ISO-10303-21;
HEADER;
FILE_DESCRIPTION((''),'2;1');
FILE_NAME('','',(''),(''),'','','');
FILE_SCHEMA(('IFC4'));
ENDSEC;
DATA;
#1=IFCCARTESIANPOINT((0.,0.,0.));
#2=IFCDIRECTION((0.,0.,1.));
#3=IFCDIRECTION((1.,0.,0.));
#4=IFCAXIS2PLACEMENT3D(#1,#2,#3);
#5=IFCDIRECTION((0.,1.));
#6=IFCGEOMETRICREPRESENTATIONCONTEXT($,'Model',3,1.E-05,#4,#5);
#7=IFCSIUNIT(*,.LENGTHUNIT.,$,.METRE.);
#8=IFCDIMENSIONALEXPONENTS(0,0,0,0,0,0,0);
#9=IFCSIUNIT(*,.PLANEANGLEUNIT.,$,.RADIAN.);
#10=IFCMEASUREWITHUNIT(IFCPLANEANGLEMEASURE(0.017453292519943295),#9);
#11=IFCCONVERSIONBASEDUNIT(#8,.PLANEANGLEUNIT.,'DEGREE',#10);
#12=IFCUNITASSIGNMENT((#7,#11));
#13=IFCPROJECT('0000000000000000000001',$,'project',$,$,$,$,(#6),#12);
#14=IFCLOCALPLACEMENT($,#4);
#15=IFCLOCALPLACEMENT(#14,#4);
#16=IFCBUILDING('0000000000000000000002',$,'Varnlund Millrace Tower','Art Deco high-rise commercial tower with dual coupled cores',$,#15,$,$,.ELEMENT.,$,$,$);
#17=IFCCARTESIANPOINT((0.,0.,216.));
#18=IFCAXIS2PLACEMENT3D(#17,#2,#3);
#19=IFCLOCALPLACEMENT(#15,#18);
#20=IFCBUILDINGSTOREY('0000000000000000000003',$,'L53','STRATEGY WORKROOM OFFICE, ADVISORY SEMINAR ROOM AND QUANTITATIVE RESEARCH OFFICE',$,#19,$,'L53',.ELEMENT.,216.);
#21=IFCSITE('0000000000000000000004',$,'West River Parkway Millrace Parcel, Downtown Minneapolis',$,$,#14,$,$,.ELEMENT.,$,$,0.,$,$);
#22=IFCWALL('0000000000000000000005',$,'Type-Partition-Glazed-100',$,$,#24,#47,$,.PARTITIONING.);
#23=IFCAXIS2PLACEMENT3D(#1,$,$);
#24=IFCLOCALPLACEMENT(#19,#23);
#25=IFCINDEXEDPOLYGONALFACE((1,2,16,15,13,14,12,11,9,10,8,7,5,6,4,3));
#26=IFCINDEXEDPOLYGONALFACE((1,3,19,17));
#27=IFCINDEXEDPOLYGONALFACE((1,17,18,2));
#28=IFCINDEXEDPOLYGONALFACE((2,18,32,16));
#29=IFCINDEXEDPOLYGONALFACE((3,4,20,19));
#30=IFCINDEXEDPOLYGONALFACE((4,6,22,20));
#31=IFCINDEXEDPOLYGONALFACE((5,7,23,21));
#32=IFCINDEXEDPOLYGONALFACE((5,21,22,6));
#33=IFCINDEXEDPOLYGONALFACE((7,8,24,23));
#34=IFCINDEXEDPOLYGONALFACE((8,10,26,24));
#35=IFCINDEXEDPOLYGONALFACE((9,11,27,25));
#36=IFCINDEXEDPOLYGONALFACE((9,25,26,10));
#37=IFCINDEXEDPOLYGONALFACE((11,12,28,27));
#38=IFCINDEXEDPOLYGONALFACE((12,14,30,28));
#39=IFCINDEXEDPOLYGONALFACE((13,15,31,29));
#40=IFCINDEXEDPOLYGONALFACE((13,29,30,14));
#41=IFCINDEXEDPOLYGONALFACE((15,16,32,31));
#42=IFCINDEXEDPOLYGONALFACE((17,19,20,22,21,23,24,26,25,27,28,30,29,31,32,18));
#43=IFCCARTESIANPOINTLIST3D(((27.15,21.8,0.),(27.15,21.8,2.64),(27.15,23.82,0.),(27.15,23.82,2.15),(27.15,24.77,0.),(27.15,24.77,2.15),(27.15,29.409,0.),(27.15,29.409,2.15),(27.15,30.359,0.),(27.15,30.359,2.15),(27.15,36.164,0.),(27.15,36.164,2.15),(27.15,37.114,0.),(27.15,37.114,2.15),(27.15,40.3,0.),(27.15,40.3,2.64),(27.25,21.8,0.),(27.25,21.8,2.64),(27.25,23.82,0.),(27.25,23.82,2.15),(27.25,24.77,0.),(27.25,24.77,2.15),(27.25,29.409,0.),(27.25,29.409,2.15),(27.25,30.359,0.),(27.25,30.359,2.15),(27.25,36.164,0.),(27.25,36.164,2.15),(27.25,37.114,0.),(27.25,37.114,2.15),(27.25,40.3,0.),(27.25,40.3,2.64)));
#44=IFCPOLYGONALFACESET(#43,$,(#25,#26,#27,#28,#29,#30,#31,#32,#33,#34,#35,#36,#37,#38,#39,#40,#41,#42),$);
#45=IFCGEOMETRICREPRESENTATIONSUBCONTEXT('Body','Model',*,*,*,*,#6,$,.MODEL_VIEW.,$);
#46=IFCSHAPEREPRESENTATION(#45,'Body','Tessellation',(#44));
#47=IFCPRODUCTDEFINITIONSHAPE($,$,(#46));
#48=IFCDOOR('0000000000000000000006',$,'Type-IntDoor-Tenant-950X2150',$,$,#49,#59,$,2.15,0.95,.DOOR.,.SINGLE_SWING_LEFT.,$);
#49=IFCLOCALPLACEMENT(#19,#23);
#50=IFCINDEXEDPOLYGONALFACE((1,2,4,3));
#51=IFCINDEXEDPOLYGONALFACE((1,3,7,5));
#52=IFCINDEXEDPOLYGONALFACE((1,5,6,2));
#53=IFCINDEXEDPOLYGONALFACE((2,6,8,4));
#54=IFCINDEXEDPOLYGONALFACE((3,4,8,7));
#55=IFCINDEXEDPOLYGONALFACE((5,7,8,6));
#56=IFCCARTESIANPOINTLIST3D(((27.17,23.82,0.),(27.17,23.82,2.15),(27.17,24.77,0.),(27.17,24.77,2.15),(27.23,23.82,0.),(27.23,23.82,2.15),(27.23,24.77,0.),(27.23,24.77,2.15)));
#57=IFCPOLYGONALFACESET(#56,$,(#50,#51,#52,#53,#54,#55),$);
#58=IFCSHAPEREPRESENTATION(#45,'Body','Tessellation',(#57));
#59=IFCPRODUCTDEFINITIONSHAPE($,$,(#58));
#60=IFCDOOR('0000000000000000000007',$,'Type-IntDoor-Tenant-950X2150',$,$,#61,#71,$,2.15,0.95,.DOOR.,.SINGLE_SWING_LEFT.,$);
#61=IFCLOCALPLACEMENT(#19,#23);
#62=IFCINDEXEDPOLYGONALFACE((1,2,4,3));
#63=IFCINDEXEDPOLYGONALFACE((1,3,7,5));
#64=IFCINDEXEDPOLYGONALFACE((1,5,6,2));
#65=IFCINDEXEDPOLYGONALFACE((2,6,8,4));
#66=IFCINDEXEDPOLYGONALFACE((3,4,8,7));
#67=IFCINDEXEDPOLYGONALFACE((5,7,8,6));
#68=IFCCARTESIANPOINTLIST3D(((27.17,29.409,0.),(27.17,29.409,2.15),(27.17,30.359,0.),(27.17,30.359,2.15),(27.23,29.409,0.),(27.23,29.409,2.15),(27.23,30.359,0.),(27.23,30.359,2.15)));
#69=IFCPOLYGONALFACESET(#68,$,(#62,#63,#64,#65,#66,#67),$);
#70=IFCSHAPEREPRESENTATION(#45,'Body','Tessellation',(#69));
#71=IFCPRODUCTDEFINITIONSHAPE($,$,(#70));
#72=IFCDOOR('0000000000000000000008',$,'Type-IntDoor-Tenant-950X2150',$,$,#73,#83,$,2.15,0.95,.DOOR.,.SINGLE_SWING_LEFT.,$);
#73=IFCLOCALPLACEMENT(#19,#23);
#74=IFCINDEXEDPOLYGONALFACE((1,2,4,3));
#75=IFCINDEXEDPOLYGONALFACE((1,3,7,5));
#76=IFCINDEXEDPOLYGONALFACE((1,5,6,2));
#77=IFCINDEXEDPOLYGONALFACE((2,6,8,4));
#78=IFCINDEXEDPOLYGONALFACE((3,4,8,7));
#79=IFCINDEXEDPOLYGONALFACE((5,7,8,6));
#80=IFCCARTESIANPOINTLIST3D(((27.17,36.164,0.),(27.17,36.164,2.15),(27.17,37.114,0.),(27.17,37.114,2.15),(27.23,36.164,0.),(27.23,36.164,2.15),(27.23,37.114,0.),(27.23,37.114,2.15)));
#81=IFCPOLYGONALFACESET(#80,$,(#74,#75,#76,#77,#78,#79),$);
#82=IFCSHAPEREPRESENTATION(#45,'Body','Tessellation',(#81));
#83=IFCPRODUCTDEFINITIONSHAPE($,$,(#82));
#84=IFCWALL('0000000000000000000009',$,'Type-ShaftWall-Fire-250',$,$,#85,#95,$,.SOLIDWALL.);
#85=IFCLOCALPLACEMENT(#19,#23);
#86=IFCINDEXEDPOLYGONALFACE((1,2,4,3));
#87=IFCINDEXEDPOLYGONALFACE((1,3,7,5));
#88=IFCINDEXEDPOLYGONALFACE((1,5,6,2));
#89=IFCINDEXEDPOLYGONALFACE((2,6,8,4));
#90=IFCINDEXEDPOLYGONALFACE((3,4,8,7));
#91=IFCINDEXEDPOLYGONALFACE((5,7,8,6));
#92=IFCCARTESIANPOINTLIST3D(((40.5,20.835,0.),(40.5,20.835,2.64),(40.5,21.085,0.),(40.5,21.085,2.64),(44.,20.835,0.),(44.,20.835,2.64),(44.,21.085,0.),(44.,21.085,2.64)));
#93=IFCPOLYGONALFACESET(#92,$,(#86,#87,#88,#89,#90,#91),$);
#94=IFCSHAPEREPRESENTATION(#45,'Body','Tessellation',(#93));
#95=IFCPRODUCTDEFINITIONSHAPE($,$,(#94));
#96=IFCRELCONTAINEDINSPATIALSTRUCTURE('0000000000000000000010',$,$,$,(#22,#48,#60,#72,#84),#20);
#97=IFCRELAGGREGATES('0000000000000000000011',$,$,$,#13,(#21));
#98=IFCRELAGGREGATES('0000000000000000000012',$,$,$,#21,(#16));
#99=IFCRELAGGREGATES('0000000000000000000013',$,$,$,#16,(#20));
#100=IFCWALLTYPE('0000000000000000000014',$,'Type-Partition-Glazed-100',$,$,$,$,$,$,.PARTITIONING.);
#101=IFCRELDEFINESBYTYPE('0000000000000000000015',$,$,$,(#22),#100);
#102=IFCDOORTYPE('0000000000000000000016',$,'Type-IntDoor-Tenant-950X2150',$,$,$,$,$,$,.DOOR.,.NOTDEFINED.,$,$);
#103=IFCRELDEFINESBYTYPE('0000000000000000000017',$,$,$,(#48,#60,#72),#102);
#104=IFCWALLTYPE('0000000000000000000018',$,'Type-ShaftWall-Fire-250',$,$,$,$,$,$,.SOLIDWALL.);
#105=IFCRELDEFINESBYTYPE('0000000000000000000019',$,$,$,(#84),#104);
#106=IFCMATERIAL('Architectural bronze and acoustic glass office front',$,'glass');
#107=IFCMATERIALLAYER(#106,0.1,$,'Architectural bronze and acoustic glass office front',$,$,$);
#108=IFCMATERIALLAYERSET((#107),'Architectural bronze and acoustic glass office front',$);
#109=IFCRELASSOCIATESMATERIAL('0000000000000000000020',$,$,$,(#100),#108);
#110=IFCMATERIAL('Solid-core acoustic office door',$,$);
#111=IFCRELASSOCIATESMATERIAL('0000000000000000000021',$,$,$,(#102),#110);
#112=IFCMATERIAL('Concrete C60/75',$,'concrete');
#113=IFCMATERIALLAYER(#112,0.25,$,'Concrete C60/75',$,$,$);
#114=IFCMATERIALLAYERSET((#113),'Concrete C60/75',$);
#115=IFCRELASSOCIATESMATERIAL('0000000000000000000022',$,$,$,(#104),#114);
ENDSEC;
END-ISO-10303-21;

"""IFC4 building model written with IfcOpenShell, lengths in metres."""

from ifc_helpers import new_model, entity, si_unit, converted_unit, direction, frame, origin_with_axes, origin_2d_with_axis, place, context, subcontext, project, spatial, polyline, rectangle, outline, extrude, material, layer, layer_set, type_object, element, fill, save


model = new_model("IFC4")

# Units and contexts
model_context = context("Model", 3, precision=1e-05, world=origin_with_axes(), true_north=direction((0.0, 1.0)))
body_context = subcontext(model_context, "Body", "Model", "MODEL_VIEW")
ifc_project = project(units=[si_unit("LENGTHUNIT", "METRE"), converted_unit("PLANEANGLEUNIT", "DEGREE", entity("IfcPlaneAngleMeasure", 0.017453292519943295), si_unit("PLANEANGLEUNIT", "RADIAN"), dimensions=[0, 0, 0, 0, 0, 0, 0])], contexts=[model_context])

# Site, building, storey
site_placement = place(None, origin_with_axes())
site = spatial("IfcSite", under=ifc_project, at=site_placement, Name="West River Parkway Millrace Parcel, Downtown Minneapolis", CompositionType="ELEMENT", RefElevation=0.0)
building_placement = place(site_placement, origin_with_axes())
building = spatial("IfcBuilding", under=site, at=building_placement, Name="Varnlund Millrace Tower", Description="Art Deco high-rise commercial tower with dual coupled cores", CompositionType="ELEMENT")
storey_placement = place(building_placement, frame((0.0, 0.0, 216.0), z_axis=(0.0, 0.0, 1.0), x_axis=(1.0, 0.0, 0.0)))
storey = spatial("IfcBuildingStorey", under=building, at=storey_placement, Name="L53", Description="STRATEGY WORKROOM OFFICE, ADVISORY SEMINAR ROOM AND QUANTITATIVE RESEARCH OFFICE", LongName="L53", CompositionType="ELEMENT", Elevation=216.0)

# Wall, openings, doors
ifc_material_1 = material(Name="Architectural bronze and acoustic glass office front", Category="glass")
ifc_layer_1 = layer(ifc_material_1, 0.1, Name="Architectural bronze and acoustic glass office front")
ifc_layer_set_1 = layer_set([ifc_layer_1], Name="Architectural bronze and acoustic glass office front")
wall_type_1 = type_object("IfcWallType", Name="Type-Partition-Glazed-100", PredefinedType="PARTITIONING", material=ifc_layer_set_1)
wall_1_placement = place(storey_placement, frame((27.2, 21.8, 0.0), z_axis=(0.0, 0.0, 1.0), x_axis=(0.0, 1.0, 0.0)))
wall_1 = element("IfcWall", 1, at=wall_1_placement, inside=storey, type_object=wall_type_1, Name="Type-Partition-Glazed-100", PredefinedType="PARTITIONING", context=body_context, shape_type="SweptSolid", body=[
    extrude(outline(polyline([(0.0, -0.05), (18.5, -0.05), (18.5, 0.05), (0.0, 0.05), (0.0, -0.05)])), origin_with_axes(), (0.0, 0.0, 1.0), 2.64),
])
opening_1_placement = place(wall_1_placement, frame((2.495, 0.0, 0.0), z_axis=(0.0, 0.0, 1.0), x_axis=(1.0, 0.0, 0.0)))
opening_1 = element("IfcOpeningElement", 2, at=opening_1_placement, cuts=wall_1, PredefinedType="OPENING", context=body_context, shape_type="SweptSolid", body=[
    extrude(rectangle(XDim=0.95, YDim=0.12, at=origin_2d_with_axis()), origin_with_axes(), (0.0, 0.0, 1.0), 2.15),
])
opening_2_placement = place(wall_1_placement, frame((8.084, 0.0, 0.0), z_axis=(0.0, 0.0, 1.0), x_axis=(1.0, 0.0, 0.0)))
opening_2 = element("IfcOpeningElement", 3, at=opening_2_placement, cuts=wall_1, PredefinedType="OPENING", context=body_context, shape_type="SweptSolid", body=[
    extrude(rectangle(XDim=0.95, YDim=0.12, at=origin_2d_with_axis()), origin_with_axes(), (0.0, 0.0, 1.0), 2.15),
])
opening_3_placement = place(wall_1_placement, frame((14.839, 0.0, 0.0), z_axis=(0.0, 0.0, 1.0), x_axis=(1.0, 0.0, 0.0)))
opening_3 = element("IfcOpeningElement", 4, at=opening_3_placement, cuts=wall_1, PredefinedType="OPENING", context=body_context, shape_type="SweptSolid", body=[
    extrude(rectangle(XDim=0.95, YDim=0.12, at=origin_2d_with_axis()), origin_with_axes(), (0.0, 0.0, 1.0), 2.15),
])
ifc_material_2 = material(Name="Solid-core acoustic office door")
door_type = type_object("IfcDoorType", Name="Type-IntDoor-Tenant-950X2150", OperationType="NOTDEFINED", PredefinedType="DOOR", material=ifc_material_2)
door_1_placement = place(wall_1_placement, frame((2.495, 0.0, 0.0), z_axis=(0.0, 0.0, 1.0), x_axis=(1.0, 0.0, 0.0)))
door_1 = element("IfcDoor", 5, at=door_1_placement, inside=storey, type_object=door_type, Name="Type-IntDoor-Tenant-950X2150", OperationType="SINGLE_SWING_LEFT", OverallHeight=2.15, OverallWidth=0.95, PredefinedType="DOOR", context=body_context, shape_type="SweptSolid", body=[
    extrude(rectangle(XDim=0.95, YDim=0.06, at=origin_2d_with_axis()), origin_with_axes(), (0.0, 0.0, 1.0), 2.15),
])
fill(opening_1, door_1)
door_2_placement = place(wall_1_placement, frame((8.084, 0.0, 0.0), z_axis=(0.0, 0.0, 1.0), x_axis=(1.0, 0.0, 0.0)))
door_2 = element("IfcDoor", 6, at=door_2_placement, inside=storey, type_object=door_type, Name="Type-IntDoor-Tenant-950X2150", OperationType="SINGLE_SWING_LEFT", OverallHeight=2.15, OverallWidth=0.95, PredefinedType="DOOR", context=body_context, shape_type="SweptSolid", body=[
    extrude(rectangle(XDim=0.95, YDim=0.06, at=origin_2d_with_axis()), origin_with_axes(), (0.0, 0.0, 1.0), 2.15),
])
fill(opening_2, door_2)
door_3_placement = place(wall_1_placement, frame((14.839, 0.0, 0.0), z_axis=(0.0, 0.0, 1.0), x_axis=(1.0, 0.0, 0.0)))
door_3 = element("IfcDoor", 7, at=door_3_placement, inside=storey, type_object=door_type, Name="Type-IntDoor-Tenant-950X2150", OperationType="SINGLE_SWING_LEFT", OverallHeight=2.15, OverallWidth=0.95, PredefinedType="DOOR", context=body_context, shape_type="SweptSolid", body=[
    extrude(rectangle(XDim=0.95, YDim=0.06, at=origin_2d_with_axis()), origin_with_axes(), (0.0, 0.0, 1.0), 2.15),
])
fill(opening_3, door_3)

# Wall
ifc_material_3 = material(Name="Concrete C60/75", Category="concrete")
ifc_layer_2 = layer(ifc_material_3, 0.25, Name="Concrete C60/75")
ifc_layer_set_2 = layer_set([ifc_layer_2], Name="Concrete C60/75")
wall_type_2 = type_object("IfcWallType", Name="Type-ShaftWall-Fire-250", PredefinedType="SOLIDWALL", material=ifc_layer_set_2)
wall_2_placement = place(storey_placement, frame((40.5, 20.96, 0.0), z_axis=(0.0, 0.0, 1.0), x_axis=(1.0, 0.0, 0.0)))
element("IfcWall", 8, at=wall_2_placement, inside=storey, type_object=wall_type_2, Name="Type-ShaftWall-Fire-250", PredefinedType="SOLIDWALL", context=body_context, shape_type="SweptSolid", body=[
    extrude(outline(polyline([(0.0, -0.125), (3.5, -0.125), (3.5, 0.125), (0.0, 0.125), (0.0, -0.125)])), origin_with_axes(), (0.0, 0.0, 1.0), 2.64),
])

save(model, "model.ifc")
